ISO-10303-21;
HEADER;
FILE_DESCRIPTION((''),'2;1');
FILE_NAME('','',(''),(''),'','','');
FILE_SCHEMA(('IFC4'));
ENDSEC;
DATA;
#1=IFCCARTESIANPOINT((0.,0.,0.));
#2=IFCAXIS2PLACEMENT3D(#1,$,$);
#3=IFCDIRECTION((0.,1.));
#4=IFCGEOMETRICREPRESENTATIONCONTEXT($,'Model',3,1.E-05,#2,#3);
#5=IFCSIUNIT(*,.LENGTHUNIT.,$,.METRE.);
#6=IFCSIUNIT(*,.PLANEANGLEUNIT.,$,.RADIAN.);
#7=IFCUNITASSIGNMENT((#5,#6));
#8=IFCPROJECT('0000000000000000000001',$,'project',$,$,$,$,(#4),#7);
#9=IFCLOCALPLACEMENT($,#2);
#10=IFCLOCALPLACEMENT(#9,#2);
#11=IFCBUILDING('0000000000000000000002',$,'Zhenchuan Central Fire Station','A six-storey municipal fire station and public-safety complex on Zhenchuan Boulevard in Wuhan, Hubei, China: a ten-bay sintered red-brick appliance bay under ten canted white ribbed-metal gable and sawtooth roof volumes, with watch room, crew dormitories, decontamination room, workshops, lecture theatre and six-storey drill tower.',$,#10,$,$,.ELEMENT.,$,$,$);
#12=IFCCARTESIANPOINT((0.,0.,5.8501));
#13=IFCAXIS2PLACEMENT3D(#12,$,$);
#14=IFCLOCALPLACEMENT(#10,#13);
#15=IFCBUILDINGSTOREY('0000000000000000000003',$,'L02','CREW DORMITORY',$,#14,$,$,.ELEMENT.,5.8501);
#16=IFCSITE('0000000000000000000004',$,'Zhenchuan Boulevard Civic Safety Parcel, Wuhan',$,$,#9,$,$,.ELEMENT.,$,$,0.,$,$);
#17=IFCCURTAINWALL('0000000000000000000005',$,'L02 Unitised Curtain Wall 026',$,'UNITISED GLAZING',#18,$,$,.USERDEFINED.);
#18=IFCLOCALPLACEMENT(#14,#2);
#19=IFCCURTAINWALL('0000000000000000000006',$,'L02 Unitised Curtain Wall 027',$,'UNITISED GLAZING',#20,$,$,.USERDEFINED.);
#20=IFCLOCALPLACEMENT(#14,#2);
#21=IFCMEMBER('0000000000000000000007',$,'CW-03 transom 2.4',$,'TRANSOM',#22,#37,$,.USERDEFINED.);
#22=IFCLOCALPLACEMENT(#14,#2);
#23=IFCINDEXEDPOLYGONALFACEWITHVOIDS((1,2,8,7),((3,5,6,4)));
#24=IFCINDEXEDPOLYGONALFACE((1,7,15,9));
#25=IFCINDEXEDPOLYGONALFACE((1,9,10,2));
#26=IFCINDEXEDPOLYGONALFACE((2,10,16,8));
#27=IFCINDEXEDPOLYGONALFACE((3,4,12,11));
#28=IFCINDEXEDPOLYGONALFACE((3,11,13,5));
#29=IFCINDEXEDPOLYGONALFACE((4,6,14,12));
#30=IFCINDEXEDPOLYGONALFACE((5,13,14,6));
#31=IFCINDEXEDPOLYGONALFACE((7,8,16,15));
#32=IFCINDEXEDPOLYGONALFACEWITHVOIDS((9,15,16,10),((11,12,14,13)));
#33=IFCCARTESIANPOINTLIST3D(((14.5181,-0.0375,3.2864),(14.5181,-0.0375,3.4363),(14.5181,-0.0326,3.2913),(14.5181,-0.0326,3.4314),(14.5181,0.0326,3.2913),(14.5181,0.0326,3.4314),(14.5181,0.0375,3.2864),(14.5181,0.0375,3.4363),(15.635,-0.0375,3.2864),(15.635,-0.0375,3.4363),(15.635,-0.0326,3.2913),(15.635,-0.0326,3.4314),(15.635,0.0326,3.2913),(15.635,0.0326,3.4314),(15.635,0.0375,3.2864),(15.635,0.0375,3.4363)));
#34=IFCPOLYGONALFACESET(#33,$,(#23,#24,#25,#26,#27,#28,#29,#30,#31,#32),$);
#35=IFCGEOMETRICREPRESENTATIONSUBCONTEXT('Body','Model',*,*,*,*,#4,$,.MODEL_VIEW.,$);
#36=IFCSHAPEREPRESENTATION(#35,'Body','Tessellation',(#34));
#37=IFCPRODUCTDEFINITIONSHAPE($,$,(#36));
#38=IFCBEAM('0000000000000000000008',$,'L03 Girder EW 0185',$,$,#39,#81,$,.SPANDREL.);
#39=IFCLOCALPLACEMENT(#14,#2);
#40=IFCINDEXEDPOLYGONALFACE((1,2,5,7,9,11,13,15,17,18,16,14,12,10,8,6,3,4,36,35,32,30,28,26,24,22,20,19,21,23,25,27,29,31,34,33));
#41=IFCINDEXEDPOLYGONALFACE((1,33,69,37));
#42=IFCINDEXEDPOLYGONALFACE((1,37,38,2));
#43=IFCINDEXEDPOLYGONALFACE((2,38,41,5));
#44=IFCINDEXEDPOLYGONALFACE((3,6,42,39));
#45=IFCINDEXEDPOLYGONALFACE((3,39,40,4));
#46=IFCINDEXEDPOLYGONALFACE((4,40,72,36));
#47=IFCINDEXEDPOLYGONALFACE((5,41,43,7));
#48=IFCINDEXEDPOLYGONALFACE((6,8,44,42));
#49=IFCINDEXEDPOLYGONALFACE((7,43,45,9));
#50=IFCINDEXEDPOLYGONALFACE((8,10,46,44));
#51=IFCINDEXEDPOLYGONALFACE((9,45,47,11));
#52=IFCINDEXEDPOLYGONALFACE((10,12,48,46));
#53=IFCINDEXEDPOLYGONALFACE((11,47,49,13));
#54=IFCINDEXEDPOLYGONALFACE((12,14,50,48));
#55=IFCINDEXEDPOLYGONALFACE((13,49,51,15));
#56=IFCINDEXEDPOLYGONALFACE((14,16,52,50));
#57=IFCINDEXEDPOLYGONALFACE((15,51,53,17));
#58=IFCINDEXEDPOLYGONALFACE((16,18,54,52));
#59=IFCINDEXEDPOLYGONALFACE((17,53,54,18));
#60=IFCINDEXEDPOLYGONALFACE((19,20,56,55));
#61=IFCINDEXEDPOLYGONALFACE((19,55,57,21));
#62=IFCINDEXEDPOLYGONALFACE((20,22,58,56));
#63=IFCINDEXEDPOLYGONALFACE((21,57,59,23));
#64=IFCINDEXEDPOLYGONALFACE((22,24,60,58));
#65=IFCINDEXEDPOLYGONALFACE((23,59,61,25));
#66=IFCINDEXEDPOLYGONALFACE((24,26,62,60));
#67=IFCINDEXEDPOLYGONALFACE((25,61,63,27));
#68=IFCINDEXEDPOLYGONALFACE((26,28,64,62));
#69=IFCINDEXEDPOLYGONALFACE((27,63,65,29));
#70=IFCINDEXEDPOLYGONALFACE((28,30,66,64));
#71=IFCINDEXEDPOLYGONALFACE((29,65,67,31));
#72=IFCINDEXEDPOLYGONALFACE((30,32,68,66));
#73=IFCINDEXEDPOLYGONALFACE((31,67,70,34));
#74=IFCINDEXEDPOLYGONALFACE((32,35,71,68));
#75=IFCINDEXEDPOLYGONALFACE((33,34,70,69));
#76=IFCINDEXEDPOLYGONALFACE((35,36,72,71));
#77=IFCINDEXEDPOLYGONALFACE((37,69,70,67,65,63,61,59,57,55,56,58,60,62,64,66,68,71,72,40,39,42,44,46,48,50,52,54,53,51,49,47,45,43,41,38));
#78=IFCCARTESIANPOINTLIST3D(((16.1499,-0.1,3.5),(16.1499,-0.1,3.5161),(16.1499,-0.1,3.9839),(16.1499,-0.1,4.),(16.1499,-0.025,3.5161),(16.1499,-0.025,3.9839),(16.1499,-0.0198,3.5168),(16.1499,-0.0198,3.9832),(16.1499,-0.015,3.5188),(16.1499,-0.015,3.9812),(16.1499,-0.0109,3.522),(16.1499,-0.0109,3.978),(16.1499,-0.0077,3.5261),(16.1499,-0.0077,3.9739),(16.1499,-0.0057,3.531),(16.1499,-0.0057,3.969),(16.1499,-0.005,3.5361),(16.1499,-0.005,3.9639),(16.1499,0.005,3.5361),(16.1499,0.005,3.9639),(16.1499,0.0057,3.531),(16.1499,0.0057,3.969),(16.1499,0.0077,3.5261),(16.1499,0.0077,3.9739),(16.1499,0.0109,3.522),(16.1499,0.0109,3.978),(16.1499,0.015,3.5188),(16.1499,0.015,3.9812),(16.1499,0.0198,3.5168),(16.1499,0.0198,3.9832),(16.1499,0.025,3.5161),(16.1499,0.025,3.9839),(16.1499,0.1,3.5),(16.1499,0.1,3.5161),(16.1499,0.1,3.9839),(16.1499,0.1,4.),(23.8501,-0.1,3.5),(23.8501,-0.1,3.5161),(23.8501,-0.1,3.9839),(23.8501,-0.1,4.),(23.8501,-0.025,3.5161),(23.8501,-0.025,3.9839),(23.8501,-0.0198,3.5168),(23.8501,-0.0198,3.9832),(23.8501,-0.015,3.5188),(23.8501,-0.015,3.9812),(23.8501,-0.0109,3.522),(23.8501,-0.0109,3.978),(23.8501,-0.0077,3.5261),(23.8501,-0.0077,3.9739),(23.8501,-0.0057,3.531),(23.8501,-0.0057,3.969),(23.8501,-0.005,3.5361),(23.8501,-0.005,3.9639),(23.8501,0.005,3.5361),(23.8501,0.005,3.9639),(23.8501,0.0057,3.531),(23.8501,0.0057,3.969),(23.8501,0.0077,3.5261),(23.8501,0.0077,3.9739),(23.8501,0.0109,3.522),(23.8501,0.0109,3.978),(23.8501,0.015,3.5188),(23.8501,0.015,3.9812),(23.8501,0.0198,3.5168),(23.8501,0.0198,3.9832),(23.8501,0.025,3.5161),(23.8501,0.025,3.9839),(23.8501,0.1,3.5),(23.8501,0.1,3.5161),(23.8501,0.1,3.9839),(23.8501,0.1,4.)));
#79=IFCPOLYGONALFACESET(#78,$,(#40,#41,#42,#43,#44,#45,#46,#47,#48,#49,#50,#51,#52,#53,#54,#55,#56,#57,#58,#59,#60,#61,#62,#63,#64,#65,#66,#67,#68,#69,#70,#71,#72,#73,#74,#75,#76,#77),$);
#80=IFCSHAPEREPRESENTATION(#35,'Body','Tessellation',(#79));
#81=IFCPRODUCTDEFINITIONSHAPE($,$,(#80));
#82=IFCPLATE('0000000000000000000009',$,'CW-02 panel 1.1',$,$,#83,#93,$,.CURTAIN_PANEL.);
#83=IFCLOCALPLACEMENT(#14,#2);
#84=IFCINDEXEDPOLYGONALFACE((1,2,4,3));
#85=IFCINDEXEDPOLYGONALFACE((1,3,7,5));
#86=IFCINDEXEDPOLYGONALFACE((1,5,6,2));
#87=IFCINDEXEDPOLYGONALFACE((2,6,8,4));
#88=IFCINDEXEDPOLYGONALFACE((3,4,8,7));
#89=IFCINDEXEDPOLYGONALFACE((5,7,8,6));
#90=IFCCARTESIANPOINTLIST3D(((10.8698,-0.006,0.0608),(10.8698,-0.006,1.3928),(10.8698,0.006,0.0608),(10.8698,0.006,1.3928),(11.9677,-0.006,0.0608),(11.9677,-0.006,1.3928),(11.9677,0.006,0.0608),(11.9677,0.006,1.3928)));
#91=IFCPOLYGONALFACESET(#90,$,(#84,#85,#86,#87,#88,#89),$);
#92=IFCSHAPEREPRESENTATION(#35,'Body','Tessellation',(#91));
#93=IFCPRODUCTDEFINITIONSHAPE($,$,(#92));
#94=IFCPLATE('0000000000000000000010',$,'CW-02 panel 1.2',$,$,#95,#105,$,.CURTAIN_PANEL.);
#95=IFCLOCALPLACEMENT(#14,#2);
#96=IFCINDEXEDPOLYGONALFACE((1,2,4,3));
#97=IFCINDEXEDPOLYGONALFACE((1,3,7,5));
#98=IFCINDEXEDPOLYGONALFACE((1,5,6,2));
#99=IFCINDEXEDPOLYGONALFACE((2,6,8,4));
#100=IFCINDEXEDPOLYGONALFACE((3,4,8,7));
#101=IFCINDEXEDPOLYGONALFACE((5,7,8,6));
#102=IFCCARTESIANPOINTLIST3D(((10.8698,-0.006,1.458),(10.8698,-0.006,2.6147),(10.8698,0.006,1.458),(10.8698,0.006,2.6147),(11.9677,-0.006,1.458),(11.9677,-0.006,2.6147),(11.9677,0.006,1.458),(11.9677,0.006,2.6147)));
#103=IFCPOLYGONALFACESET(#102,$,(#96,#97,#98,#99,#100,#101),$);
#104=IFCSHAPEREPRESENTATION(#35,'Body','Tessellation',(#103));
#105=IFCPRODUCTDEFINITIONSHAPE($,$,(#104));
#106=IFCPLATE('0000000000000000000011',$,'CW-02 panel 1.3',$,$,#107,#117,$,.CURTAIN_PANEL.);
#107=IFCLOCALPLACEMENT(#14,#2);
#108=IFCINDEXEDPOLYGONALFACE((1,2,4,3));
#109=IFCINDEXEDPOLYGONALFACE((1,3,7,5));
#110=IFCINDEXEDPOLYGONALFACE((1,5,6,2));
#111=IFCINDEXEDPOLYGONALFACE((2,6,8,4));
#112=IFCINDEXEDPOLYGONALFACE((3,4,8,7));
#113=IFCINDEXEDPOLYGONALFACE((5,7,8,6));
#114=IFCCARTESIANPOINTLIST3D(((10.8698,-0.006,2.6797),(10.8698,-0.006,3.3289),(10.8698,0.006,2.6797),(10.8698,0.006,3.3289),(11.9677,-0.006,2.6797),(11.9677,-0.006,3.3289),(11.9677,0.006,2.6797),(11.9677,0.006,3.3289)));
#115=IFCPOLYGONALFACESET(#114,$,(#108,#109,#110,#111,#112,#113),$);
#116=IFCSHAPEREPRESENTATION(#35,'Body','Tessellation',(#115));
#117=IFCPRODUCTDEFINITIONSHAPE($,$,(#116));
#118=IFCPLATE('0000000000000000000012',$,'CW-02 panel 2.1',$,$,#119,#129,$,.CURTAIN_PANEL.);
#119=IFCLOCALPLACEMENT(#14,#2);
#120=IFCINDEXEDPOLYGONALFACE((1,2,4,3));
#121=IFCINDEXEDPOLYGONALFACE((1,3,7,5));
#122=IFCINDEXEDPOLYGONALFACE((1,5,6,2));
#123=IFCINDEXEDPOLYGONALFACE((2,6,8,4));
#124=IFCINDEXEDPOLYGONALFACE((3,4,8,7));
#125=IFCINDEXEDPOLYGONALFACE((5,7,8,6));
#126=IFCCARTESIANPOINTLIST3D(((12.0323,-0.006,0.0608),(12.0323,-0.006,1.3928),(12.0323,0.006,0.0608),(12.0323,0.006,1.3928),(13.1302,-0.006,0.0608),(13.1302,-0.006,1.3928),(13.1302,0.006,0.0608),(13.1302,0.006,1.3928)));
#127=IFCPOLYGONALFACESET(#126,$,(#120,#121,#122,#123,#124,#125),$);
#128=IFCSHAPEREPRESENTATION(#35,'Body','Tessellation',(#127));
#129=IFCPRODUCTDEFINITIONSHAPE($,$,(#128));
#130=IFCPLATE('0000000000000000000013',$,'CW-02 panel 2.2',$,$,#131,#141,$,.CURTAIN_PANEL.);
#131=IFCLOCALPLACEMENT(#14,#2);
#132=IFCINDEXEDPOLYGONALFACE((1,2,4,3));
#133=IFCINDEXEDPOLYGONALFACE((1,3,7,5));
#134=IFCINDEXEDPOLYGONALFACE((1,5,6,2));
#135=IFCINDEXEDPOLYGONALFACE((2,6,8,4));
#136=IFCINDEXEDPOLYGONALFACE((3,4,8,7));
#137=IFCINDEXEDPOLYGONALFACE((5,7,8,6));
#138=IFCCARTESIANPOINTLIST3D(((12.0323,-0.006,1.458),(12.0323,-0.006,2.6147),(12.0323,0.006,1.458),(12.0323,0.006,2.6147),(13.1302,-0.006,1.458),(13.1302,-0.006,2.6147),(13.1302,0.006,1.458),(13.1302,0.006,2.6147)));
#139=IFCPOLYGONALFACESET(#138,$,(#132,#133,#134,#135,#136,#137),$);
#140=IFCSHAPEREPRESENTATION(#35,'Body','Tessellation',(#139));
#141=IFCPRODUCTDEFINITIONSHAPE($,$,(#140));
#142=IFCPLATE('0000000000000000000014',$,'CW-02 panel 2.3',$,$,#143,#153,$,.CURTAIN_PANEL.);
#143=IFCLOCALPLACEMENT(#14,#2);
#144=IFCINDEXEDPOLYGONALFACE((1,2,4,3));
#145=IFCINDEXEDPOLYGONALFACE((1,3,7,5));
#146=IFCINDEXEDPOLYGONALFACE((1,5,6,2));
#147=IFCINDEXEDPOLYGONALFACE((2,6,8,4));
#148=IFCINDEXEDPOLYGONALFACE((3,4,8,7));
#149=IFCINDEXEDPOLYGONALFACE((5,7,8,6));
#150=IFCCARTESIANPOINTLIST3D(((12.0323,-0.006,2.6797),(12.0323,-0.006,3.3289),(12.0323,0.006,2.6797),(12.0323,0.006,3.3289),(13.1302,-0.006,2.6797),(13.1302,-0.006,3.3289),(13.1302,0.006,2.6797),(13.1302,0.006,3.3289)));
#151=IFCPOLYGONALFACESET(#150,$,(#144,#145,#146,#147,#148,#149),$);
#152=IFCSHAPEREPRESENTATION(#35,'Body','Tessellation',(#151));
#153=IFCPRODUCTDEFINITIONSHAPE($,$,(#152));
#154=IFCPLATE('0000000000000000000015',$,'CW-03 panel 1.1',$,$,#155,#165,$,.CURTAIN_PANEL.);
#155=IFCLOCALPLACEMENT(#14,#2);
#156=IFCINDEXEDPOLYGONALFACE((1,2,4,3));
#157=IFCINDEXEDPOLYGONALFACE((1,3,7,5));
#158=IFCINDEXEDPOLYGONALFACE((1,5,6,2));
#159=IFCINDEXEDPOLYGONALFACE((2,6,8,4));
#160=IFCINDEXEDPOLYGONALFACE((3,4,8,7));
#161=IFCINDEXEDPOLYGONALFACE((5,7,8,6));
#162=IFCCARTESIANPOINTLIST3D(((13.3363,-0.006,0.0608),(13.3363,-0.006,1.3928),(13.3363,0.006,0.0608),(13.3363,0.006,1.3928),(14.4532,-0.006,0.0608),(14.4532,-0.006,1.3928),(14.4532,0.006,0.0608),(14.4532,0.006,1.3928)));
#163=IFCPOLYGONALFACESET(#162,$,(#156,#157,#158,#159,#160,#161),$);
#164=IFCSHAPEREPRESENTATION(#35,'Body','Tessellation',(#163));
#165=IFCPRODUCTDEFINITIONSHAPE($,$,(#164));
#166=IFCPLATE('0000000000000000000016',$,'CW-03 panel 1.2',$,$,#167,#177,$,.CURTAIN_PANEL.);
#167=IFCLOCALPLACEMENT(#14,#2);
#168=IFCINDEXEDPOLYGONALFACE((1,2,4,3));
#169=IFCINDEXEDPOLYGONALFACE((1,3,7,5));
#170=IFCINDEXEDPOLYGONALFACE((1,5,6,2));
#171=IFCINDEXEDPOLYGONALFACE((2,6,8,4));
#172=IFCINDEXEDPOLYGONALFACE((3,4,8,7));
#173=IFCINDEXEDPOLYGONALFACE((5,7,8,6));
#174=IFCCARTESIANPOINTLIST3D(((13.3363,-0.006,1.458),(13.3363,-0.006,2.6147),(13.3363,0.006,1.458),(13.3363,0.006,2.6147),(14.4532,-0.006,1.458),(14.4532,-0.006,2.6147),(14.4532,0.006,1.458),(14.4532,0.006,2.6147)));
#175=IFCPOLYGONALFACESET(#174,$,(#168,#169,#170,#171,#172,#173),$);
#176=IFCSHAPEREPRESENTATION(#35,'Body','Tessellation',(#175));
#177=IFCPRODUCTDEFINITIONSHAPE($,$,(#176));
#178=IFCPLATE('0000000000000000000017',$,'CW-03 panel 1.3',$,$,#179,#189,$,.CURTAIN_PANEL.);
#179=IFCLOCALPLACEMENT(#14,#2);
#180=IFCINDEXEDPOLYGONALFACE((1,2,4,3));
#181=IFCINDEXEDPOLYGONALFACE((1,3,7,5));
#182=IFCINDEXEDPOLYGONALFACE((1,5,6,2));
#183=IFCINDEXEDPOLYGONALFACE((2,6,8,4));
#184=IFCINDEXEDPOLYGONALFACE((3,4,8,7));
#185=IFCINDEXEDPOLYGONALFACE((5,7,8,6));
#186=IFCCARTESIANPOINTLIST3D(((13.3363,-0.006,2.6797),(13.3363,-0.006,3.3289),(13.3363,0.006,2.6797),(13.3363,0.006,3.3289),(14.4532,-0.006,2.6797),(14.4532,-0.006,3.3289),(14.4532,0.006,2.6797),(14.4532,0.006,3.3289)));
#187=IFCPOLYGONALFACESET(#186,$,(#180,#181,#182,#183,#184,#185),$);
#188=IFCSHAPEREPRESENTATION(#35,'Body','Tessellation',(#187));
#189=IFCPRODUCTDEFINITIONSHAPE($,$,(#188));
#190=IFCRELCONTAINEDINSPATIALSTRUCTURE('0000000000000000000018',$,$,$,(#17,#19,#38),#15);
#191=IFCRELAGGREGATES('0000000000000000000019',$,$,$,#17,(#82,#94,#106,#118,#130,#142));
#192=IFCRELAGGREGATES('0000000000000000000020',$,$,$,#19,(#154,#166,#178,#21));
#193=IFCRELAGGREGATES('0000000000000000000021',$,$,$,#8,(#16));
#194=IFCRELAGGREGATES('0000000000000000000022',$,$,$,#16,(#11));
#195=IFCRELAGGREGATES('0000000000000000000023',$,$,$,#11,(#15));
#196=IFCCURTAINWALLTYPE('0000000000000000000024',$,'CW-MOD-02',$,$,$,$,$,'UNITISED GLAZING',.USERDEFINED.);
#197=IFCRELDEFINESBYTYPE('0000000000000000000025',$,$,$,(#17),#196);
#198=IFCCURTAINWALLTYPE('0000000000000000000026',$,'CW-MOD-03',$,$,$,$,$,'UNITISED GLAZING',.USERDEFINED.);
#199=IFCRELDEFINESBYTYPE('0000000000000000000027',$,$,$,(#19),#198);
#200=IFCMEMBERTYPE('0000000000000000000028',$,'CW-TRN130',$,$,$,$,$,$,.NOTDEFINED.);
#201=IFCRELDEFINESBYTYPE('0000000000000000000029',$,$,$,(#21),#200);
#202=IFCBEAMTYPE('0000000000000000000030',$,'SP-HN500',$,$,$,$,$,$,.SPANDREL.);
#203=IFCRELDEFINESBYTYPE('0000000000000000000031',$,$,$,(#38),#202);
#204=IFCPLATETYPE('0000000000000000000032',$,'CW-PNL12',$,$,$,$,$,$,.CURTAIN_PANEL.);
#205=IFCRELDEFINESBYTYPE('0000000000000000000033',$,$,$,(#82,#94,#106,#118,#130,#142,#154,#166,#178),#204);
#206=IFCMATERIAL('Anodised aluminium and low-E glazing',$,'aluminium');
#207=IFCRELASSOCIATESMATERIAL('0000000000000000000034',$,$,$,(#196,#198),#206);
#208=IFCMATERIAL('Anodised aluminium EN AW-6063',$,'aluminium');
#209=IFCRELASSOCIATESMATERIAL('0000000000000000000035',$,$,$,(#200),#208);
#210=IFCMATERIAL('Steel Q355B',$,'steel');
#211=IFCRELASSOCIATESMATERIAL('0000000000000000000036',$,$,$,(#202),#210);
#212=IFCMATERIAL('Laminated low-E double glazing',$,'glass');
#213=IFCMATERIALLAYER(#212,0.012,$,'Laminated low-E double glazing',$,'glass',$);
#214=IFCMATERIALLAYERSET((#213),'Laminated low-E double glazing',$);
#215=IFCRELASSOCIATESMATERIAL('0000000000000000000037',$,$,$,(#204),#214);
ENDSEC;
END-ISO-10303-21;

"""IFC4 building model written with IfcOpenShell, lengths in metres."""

from ifc_helpers import new_model, si_unit, direction, frame, origin, origin_2d, place, context, subcontext, project, spatial, rectangle, hollow_rectangle, i_section, extrude, material, layer, layer_set, material_profile, profile_set, type_object, element, aggregate, save


model = new_model("IFC4")

# Units and contexts
model_context = context("Model", 3, precision=1e-05, world=origin(), true_north=direction((0.0, 1.0)))
body_context = subcontext(model_context, "Body", "Model", "MODEL_VIEW")
ifc_project = project(units=[si_unit("LENGTHUNIT", "METRE"), si_unit("PLANEANGLEUNIT", "RADIAN")], contexts=[model_context])

# Site, building, storey
site_placement = place(None, origin())
site = spatial("IfcSite", under=ifc_project, at=site_placement, Name="Zhenchuan Boulevard Civic Safety Parcel, Wuhan", CompositionType="ELEMENT", RefElevation=0.0)
building_placement = place(site_placement, origin())
building = spatial("IfcBuilding", under=site, at=building_placement, Name="Zhenchuan Central Fire Station", Description="A six-storey municipal fire station and public-safety complex on Zhenchuan Boulevard in Wuhan, Hubei, China: a ten-bay sintered red-brick appliance bay under ten canted white ribbed-metal gable and sawtooth roof volumes, with watch room, crew dormitories, decontamination room, workshops, lecture theatre and six-storey drill tower.", CompositionType="ELEMENT")
storey_placement = place(building_placement, frame((0.0, 0.0, 5.8501)))
storey = spatial("IfcBuildingStorey", under=building, at=storey_placement, Name="L02", Description="CREW DORMITORY", CompositionType="ELEMENT", Elevation=5.8501)

# Shared definitions
ifc_material_1 = material(Name="Steel Q355B", Category="steel")

# Curtain walls
ifc_material_2 = material(Name="Anodised aluminium and low-E glazing", Category="aluminium")
curtain_wall_type_1 = type_object("IfcCurtainWallType", Name="CW-MOD-02", ElementType="UNITISED GLAZING", PredefinedType="USERDEFINED", material=ifc_material_2)
curtain_wall_1_placement = place(storey_placement, origin())
curtain_wall_1 = element("IfcCurtainWall", 1, at=curtain_wall_1_placement, inside=storey, type_object=curtain_wall_type_1, Name="L02 Unitised Curtain Wall 026", ObjectType="UNITISED GLAZING", PredefinedType="USERDEFINED")
ifc_material_3 = material(Name="Anodised aluminium EN AW-6063", Category="aluminium")
curtain_wall_type_2 = type_object("IfcCurtainWallType", Name="CW-MOD-03", ElementType="UNITISED GLAZING", PredefinedType="USERDEFINED", material=ifc_material_2)
curtain_wall_2_placement = place(storey_placement, origin())
curtain_wall_2 = element("IfcCurtainWall", 2, at=curtain_wall_2_placement, inside=storey, type_object=curtain_wall_type_2, Name="L02 Unitised Curtain Wall 027", ObjectType="UNITISED GLAZING", PredefinedType="USERDEFINED")

# Member
ifc_material_profile_1 = material_profile(ifc_material_3, hollow_rectangle(XDim=0.075, YDim=0.1499, WallThickness=0.0049, at=origin_2d()), Name="ALU-T 150x75")
ifc_profile_set_1 = profile_set([ifc_material_profile_1], Name="Anodised aluminium EN AW-6063")
member_type_1 = type_object("IfcMemberType", Name="CW-TRN130", PredefinedType="NOTDEFINED", material=ifc_profile_set_1)
member_1_placement = place(storey_placement, frame((14.5181, 0.0, 3.3613), z_axis=(1.0, 0.0, 0.0), x_axis=(0.0, 1.0, 0.0)))
member_1 = element("IfcMember", 3, at=member_1_placement, type_object=member_type_1, Name="CW-03 transom 2.4", ObjectType="TRANSOM", PredefinedType="USERDEFINED", context=body_context, shape_type="SweptSolid", body=[
    extrude(hollow_rectangle(XDim=0.075, YDim=0.1499, WallThickness=0.0049, at=origin_2d()), origin(), (0.0, 0.0, 1.0), 1.1169),
])

# Beam
ifc_material_profile_2 = material_profile(ifc_material_1, i_section(OverallWidth=0.2, OverallDepth=0.5, WebThickness=0.01, FlangeThickness=0.0161, FilletRadius=0.02, at=origin_2d()), Name="HN 500x200")
ifc_profile_set_2 = profile_set([ifc_material_profile_2], Name="Steel Q355B")
beam_type = type_object("IfcBeamType", Name="SP-HN500", PredefinedType="SPANDREL", material=ifc_profile_set_2)
beam_placement = place(storey_placement, frame((16.1499, 0.0, 3.75), z_axis=(1.0, 0.0, 0.0), x_axis=(0.0, 1.0, 0.0)))
element("IfcBeam", 4, at=beam_placement, inside=storey, type_object=beam_type, Name="L03 Girder EW 0185", PredefinedType="SPANDREL", context=body_context, shape_type="SweptSolid", body=[
    extrude(i_section(OverallWidth=0.2, OverallDepth=0.5, WebThickness=0.01, FlangeThickness=0.0161, FilletRadius=0.02, at=origin_2d()), origin(), (0.0, 0.0, 1.0), 7.7002),
])

# Plates
ifc_material_4 = material(Name="Laminated low-E double glazing", Category="glass")
ifc_layer = layer(ifc_material_4, 0.012, Name="Laminated low-E double glazing", Category="glass")
ifc_layer_set = layer_set([ifc_layer], Name="Laminated low-E double glazing")
plate_type = type_object("IfcPlateType", Name="CW-PNL12", PredefinedType="CURTAIN_PANEL", material=ifc_layer_set)
plate_1_placement = place(storey_placement, frame((11.4187, 0.0, 0.0608), z_axis=(0.0, 0.0, 1.0), x_axis=(1.0, 0.0, 0.0)))
plate_1 = element("IfcPlate", 5, at=plate_1_placement, type_object=plate_type, Name="CW-02 panel 1.1", PredefinedType="CURTAIN_PANEL", context=body_context, shape_type="SweptSolid", body=[
    extrude(rectangle(XDim=1.0979, YDim=0.012, at=origin_2d()), origin(), (0.0, 0.0, 1.0), 1.332),
])
plate_2_placement = place(storey_placement, frame((11.4187, 0.0, 1.458), z_axis=(0.0, 0.0, 1.0), x_axis=(1.0, 0.0, 0.0)))
plate_2 = element("IfcPlate", 6, at=plate_2_placement, type_object=plate_type, Name="CW-02 panel 1.2", PredefinedType="CURTAIN_PANEL", context=body_context, shape_type="SweptSolid", body=[
    extrude(rectangle(XDim=1.0979, YDim=0.012, at=origin_2d()), origin(), (0.0, 0.0, 1.0), 1.1567),
])
plate_3_placement = place(storey_placement, frame((11.4187, 0.0, 2.6797), z_axis=(0.0, 0.0, 1.0), x_axis=(1.0, 0.0, 0.0)))
plate_3 = element("IfcPlate", 7, at=plate_3_placement, type_object=plate_type, Name="CW-02 panel 1.3", PredefinedType="CURTAIN_PANEL", context=body_context, shape_type="SweptSolid", body=[
    extrude(rectangle(XDim=1.0979, YDim=0.012, at=origin_2d()), origin(), (0.0, 0.0, 1.0), 0.6492),
])
plate_4_placement = place(storey_placement, frame((12.5813, 0.0, 0.0608), z_axis=(0.0, 0.0, 1.0), x_axis=(1.0, 0.0, 0.0)))
plate_4 = element("IfcPlate", 8, at=plate_4_placement, type_object=plate_type, Name="CW-02 panel 2.1", PredefinedType="CURTAIN_PANEL", context=body_context, shape_type="SweptSolid", body=[
    extrude(rectangle(XDim=1.0979, YDim=0.012, at=origin_2d()), origin(), (0.0, 0.0, 1.0), 1.332),
])
plate_5_placement = place(storey_placement, frame((12.5813, 0.0, 1.458), z_axis=(0.0, 0.0, 1.0), x_axis=(1.0, 0.0, 0.0)))
plate_5 = element("IfcPlate", 9, at=plate_5_placement, type_object=plate_type, Name="CW-02 panel 2.2", PredefinedType="CURTAIN_PANEL", context=body_context, shape_type="SweptSolid", body=[
    extrude(rectangle(XDim=1.0979, YDim=0.012, at=origin_2d()), origin(), (0.0, 0.0, 1.0), 1.1567),
])
plate_6_placement = place(storey_placement, frame((12.5813, 0.0, 2.6797), z_axis=(0.0, 0.0, 1.0), x_axis=(1.0, 0.0, 0.0)))
plate_6 = element("IfcPlate", 10, at=plate_6_placement, type_object=plate_type, Name="CW-02 panel 2.3", PredefinedType="CURTAIN_PANEL", context=body_context, shape_type="SweptSolid", body=[
    extrude(rectangle(XDim=1.0979, YDim=0.012, at=origin_2d()), origin(), (0.0, 0.0, 1.0), 0.6492),
])
aggregate(curtain_wall_1, [plate_1, plate_2, plate_3, plate_4, plate_5, plate_6])
plate_7_placement = place(storey_placement, frame((13.8948, 0.0, 0.0608), z_axis=(0.0, 0.0, 1.0), x_axis=(1.0, 0.0, 0.0)))
plate_7 = element("IfcPlate", 11, at=plate_7_placement, type_object=plate_type, Name="CW-03 panel 1.1", PredefinedType="CURTAIN_PANEL", context=body_context, shape_type="SweptSolid", body=[
    extrude(rectangle(XDim=1.1169, YDim=0.012, at=origin_2d()), origin(), (0.0, 0.0, 1.0), 1.332),
])
plate_8_placement = place(storey_placement, frame((13.8948, 0.0, 1.458), z_axis=(0.0, 0.0, 1.0), x_axis=(1.0, 0.0, 0.0)))
plate_8 = element("IfcPlate", 12, at=plate_8_placement, type_object=plate_type, Name="CW-03 panel 1.2", PredefinedType="CURTAIN_PANEL", context=body_context, shape_type="SweptSolid", body=[
    extrude(rectangle(XDim=1.1169, YDim=0.012, at=origin_2d()), origin(), (0.0, 0.0, 1.0), 1.1567),
])
plate_9_placement = place(storey_placement, frame((13.8948, 0.0, 2.6797), z_axis=(0.0, 0.0, 1.0), x_axis=(1.0, 0.0, 0.0)))
plate_9 = element("IfcPlate", 13, at=plate_9_placement, type_object=plate_type, Name="CW-03 panel 1.3", PredefinedType="CURTAIN_PANEL", context=body_context, shape_type="SweptSolid", body=[
    extrude(rectangle(XDim=1.1169, YDim=0.012, at=origin_2d()), origin(), (0.0, 0.0, 1.0), 0.6492),
])
aggregate(curtain_wall_2, [plate_7, plate_8, plate_9, member_1])

save(model, "model.ifc")
